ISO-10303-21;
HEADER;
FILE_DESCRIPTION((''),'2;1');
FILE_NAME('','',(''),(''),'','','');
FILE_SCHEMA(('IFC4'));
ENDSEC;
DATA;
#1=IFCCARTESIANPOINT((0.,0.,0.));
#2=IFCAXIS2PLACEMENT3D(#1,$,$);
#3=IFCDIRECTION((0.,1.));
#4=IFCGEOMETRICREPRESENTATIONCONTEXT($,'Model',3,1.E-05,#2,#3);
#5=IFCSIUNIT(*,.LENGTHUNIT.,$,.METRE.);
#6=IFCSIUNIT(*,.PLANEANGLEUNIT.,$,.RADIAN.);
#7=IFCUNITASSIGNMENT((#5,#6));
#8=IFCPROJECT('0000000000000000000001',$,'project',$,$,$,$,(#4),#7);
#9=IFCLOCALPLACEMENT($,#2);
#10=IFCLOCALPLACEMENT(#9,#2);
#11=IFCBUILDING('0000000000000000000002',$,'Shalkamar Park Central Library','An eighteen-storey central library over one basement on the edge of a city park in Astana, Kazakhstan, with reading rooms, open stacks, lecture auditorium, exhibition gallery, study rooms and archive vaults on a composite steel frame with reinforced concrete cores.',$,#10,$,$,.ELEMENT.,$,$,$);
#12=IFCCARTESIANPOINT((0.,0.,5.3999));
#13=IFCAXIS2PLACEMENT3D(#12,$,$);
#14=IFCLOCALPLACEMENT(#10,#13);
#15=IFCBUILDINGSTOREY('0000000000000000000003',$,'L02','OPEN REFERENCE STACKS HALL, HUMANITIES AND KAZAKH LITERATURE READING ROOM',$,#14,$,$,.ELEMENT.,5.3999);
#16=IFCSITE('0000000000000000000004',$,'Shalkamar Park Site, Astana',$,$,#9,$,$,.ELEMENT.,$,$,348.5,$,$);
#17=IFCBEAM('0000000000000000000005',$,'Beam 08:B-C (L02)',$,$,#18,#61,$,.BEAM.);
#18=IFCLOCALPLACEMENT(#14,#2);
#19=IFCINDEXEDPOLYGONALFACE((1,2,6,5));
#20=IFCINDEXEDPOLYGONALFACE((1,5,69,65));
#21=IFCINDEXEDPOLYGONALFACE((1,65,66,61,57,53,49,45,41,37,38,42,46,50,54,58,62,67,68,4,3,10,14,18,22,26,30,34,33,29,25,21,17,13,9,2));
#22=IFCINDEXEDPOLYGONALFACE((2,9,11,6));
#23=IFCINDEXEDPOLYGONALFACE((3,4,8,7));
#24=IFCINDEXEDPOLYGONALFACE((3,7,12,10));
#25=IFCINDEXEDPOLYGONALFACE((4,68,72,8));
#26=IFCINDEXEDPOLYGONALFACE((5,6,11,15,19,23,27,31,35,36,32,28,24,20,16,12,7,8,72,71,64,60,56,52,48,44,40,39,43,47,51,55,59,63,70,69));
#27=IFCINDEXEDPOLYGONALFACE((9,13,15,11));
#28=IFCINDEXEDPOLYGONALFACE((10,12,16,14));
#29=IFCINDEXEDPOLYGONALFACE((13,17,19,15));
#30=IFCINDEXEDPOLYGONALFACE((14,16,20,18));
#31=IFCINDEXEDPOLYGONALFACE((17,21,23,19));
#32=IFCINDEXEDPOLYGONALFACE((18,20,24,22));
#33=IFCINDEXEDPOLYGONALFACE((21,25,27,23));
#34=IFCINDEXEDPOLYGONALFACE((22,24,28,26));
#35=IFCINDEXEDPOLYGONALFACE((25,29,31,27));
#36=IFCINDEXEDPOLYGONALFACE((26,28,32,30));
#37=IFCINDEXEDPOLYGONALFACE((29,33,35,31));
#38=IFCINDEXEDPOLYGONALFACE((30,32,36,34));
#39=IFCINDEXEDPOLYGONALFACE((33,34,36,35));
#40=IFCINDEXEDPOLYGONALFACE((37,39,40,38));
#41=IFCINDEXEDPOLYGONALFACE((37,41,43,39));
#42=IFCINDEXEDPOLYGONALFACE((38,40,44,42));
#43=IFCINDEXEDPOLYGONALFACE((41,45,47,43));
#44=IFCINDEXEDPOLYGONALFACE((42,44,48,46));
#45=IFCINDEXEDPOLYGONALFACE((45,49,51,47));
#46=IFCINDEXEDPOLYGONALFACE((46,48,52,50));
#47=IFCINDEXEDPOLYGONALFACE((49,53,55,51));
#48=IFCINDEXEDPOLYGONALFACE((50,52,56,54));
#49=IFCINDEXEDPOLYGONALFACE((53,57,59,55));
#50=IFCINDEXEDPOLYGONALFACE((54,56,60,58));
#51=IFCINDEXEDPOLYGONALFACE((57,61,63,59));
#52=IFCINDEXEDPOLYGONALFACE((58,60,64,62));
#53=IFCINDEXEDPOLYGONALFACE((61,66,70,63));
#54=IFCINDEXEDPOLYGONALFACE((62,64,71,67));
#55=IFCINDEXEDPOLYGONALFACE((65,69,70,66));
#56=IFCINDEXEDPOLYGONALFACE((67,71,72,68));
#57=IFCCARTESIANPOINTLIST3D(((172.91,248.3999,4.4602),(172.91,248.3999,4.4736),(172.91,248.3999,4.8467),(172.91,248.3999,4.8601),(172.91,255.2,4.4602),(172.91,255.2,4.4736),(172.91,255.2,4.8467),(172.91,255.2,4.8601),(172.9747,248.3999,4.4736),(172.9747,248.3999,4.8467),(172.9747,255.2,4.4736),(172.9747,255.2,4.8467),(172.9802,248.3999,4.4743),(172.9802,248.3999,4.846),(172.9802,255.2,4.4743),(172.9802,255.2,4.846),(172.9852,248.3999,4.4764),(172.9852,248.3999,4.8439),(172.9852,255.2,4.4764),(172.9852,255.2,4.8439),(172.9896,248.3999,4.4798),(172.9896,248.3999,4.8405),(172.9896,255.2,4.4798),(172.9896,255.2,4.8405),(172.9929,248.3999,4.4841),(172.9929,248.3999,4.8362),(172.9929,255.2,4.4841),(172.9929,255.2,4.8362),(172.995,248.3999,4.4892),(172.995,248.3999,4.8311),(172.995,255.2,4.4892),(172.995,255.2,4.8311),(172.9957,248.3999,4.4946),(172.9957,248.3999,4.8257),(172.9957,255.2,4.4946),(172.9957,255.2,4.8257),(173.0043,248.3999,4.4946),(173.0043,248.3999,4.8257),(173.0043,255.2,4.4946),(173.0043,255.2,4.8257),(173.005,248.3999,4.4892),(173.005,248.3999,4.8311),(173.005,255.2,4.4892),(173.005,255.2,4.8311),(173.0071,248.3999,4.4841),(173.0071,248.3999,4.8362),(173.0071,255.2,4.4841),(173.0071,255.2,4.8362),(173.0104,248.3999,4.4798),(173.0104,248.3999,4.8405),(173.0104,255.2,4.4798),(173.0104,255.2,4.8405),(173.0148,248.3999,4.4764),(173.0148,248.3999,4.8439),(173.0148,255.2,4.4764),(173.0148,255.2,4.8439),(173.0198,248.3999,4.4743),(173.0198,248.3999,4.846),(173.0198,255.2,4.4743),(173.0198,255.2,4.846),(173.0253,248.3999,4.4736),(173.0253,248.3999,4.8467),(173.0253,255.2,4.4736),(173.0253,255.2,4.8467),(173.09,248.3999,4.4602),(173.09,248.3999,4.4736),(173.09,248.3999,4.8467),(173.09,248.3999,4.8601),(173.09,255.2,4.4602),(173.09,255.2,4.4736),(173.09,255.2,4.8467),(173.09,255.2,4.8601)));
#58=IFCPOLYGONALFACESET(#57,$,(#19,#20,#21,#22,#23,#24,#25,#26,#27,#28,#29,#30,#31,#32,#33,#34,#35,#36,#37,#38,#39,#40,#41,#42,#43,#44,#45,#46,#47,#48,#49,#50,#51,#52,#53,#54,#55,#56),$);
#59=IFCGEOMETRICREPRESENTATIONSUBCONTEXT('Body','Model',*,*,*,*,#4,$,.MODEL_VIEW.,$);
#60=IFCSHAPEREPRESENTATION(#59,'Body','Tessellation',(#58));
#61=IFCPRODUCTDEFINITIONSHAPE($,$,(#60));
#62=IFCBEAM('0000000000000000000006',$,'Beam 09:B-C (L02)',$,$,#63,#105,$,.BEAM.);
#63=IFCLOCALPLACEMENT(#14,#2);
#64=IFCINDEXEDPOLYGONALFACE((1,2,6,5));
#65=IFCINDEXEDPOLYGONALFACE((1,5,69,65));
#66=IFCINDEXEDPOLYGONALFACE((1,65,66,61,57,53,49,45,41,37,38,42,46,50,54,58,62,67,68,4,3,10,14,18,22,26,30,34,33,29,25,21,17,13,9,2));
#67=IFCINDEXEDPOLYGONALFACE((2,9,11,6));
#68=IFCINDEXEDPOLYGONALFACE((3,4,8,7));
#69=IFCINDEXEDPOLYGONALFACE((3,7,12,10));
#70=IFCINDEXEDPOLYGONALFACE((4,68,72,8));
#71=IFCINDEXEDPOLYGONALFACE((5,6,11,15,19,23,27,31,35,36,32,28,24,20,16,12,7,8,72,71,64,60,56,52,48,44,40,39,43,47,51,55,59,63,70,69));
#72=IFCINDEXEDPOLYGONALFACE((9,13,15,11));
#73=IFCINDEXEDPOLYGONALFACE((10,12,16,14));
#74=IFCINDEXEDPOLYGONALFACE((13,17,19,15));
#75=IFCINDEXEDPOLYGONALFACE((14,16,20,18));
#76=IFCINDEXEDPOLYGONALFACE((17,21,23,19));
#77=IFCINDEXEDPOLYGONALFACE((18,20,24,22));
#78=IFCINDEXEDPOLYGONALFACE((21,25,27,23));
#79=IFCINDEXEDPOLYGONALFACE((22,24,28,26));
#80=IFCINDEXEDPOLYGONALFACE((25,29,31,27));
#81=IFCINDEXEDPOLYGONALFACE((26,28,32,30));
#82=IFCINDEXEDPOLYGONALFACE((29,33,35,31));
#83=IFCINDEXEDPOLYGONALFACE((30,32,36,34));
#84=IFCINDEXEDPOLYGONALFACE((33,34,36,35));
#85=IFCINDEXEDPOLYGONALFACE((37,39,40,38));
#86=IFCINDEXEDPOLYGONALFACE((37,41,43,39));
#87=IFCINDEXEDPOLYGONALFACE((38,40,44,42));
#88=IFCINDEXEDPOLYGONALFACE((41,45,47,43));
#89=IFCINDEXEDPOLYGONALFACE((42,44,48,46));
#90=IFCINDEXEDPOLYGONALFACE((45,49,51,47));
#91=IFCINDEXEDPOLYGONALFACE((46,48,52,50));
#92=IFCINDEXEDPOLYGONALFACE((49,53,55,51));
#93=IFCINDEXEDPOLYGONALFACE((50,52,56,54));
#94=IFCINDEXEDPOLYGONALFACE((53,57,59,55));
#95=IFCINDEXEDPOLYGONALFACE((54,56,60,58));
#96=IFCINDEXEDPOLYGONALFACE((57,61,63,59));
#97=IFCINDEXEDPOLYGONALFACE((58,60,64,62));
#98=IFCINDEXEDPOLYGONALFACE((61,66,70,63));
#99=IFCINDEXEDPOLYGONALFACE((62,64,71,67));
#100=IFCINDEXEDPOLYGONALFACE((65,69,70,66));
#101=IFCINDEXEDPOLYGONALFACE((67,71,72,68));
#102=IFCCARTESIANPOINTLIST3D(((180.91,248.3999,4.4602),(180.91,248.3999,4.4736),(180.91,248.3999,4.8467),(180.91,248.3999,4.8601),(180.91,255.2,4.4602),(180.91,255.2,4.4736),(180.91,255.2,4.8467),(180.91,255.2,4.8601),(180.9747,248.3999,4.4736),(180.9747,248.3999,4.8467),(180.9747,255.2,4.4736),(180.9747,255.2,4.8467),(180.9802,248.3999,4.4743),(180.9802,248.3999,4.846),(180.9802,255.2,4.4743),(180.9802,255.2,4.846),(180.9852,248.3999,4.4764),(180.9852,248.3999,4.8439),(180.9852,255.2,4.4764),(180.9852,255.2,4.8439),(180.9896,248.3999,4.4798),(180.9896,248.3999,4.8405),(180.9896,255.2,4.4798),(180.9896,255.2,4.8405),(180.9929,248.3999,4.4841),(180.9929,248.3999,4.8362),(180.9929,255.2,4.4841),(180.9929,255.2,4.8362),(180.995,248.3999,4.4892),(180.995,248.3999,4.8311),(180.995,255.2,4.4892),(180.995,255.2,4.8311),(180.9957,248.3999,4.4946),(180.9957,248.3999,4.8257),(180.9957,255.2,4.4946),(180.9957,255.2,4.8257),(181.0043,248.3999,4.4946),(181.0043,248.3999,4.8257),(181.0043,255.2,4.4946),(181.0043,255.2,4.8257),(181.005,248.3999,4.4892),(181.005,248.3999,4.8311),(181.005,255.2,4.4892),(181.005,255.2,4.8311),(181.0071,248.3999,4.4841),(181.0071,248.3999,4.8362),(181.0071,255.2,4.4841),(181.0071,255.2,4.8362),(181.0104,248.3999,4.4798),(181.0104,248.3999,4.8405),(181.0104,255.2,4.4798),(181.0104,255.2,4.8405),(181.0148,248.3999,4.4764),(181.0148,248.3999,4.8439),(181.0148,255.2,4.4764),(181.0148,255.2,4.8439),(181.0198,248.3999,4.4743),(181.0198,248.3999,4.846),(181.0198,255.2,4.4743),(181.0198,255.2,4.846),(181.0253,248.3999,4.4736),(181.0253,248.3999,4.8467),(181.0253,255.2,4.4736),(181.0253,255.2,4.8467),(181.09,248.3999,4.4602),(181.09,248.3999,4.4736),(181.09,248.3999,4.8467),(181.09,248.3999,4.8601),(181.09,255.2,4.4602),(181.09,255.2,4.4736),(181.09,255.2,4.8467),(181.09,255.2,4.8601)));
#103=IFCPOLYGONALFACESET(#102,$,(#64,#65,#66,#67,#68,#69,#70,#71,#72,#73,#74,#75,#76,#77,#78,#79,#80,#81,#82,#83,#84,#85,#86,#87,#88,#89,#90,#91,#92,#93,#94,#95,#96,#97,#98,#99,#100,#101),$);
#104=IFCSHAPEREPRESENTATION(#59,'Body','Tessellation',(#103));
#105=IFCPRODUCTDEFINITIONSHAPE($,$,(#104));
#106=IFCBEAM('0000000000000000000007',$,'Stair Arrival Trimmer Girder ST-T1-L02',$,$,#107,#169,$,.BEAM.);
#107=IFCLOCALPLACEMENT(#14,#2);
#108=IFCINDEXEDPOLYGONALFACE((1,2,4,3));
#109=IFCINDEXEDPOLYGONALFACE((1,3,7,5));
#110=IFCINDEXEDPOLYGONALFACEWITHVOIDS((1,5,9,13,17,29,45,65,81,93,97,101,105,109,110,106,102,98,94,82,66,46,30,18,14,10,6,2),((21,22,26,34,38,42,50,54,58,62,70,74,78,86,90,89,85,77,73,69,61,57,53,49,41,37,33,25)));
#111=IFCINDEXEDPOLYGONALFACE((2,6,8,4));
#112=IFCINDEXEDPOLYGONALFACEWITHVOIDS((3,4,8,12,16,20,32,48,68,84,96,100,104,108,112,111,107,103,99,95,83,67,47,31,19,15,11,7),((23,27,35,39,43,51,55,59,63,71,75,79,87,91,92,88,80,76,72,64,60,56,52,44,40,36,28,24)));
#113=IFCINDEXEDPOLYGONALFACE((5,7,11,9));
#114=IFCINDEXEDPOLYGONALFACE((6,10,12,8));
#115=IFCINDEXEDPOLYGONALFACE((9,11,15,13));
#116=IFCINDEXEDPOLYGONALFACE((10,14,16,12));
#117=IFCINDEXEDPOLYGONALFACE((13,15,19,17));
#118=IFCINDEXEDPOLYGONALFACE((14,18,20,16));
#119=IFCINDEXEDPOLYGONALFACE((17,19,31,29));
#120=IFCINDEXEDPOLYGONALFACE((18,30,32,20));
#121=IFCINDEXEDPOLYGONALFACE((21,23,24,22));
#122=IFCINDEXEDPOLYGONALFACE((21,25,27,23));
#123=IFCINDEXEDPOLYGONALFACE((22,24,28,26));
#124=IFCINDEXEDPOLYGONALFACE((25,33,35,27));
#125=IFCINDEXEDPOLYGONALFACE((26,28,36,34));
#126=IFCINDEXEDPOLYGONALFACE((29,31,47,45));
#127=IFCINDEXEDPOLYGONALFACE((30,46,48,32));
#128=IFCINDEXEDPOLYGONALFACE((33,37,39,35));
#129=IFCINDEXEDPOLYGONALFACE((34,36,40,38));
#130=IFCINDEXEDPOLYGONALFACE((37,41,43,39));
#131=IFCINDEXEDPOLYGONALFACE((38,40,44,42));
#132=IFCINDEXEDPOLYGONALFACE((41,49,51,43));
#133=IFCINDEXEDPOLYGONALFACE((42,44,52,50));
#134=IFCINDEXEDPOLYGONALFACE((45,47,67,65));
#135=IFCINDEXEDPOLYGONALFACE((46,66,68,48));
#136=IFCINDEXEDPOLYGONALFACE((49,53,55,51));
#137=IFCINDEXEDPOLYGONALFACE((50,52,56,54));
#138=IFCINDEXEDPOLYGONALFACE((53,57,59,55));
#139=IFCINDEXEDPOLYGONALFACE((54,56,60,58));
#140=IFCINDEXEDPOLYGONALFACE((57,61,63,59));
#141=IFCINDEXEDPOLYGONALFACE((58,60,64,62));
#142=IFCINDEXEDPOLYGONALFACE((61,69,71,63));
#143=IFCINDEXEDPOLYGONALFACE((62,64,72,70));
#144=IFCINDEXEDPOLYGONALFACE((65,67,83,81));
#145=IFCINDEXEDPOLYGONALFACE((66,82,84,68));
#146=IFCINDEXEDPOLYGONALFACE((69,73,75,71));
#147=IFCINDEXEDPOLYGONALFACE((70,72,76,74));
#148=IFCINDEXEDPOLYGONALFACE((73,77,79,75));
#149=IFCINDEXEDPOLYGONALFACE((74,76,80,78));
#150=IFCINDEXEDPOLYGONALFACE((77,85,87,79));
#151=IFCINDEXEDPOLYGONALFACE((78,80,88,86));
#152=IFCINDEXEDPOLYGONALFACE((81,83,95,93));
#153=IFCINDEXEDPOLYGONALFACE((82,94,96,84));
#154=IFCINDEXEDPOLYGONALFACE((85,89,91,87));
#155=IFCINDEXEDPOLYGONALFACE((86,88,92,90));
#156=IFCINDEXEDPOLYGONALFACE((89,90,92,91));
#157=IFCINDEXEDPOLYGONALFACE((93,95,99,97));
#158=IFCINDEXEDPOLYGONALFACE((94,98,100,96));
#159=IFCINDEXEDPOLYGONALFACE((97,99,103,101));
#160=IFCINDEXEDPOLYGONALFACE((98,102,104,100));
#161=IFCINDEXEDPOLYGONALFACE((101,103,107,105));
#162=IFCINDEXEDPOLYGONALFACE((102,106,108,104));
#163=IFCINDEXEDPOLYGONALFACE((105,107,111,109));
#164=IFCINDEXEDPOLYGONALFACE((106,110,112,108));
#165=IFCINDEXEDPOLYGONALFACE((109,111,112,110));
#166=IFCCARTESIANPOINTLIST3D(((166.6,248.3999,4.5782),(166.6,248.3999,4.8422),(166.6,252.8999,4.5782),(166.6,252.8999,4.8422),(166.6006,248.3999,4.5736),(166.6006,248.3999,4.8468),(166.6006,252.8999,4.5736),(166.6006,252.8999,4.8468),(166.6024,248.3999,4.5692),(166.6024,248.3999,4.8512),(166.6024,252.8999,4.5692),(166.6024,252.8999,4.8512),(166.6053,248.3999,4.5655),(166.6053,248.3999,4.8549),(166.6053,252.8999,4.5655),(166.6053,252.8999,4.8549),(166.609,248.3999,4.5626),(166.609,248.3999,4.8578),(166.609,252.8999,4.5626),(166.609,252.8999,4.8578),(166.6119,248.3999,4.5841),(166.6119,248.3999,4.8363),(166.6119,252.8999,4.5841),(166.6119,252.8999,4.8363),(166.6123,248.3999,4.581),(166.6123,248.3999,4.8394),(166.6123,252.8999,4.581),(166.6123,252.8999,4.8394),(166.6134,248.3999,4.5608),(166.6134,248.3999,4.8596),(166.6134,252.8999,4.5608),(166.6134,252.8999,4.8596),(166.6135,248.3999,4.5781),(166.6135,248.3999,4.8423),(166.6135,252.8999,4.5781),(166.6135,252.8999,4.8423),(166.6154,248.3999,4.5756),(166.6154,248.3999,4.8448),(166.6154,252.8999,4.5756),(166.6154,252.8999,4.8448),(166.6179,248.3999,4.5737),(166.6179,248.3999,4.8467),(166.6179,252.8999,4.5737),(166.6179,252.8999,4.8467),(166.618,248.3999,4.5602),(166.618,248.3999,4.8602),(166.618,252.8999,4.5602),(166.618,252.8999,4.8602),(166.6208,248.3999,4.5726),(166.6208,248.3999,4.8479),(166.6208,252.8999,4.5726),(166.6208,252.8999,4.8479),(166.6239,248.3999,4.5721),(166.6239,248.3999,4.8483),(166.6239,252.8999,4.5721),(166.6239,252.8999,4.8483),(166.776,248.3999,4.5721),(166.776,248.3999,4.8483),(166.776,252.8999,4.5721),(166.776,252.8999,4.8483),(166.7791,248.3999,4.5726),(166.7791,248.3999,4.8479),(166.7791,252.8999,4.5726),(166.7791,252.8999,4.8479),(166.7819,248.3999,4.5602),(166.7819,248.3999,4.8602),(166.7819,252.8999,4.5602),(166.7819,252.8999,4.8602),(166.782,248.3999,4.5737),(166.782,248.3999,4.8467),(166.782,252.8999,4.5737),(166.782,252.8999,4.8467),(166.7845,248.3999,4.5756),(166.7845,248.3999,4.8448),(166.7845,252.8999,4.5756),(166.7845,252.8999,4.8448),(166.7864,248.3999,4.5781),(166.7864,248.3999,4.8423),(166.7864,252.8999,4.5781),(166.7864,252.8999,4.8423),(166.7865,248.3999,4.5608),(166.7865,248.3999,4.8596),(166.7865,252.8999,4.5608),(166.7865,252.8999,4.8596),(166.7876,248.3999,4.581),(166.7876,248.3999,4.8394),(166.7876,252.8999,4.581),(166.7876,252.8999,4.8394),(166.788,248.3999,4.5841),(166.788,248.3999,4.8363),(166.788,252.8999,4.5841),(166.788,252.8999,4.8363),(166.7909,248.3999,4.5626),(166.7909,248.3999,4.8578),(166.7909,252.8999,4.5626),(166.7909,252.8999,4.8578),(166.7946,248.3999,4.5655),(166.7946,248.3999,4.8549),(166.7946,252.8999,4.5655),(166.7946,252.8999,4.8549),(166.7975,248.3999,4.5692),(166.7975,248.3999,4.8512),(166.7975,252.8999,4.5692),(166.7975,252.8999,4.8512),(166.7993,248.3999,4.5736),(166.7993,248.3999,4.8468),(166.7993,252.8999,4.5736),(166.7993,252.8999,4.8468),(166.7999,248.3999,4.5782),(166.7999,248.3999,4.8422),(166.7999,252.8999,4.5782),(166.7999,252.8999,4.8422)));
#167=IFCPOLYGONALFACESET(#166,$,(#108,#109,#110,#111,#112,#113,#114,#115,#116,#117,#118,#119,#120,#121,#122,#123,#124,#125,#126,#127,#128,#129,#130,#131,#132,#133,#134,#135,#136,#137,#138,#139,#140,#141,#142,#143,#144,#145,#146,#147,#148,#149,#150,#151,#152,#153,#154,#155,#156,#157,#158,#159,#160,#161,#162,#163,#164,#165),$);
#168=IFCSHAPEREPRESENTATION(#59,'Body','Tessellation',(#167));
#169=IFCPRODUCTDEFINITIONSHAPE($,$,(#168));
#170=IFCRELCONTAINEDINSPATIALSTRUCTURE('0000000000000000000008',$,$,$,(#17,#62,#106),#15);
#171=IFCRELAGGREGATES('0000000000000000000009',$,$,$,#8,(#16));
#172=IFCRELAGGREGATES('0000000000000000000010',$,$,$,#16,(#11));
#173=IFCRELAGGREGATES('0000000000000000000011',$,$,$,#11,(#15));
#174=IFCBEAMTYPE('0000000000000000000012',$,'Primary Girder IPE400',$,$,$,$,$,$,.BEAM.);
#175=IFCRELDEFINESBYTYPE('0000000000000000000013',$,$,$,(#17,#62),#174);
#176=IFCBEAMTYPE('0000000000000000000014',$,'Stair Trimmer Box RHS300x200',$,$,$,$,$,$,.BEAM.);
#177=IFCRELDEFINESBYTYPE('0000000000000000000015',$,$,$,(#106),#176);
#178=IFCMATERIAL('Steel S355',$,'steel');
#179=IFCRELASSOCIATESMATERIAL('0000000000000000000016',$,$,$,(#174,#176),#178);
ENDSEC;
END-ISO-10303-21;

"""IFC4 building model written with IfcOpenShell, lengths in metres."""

from ifc_helpers import new_model, si_unit, direction, frame, origin, origin_2d, place, context, subcontext, project, spatial, hollow_rectangle, i_section, extrude, material, material_profile, profile_set, type_object, element, save


model = new_model("IFC4")

# Units and contexts
model_context = context("Model", 3, precision=1e-05, world=origin(), true_north=direction((0.0, 1.0)))
body_context = subcontext(model_context, "Body", "Model", "MODEL_VIEW")
ifc_project = project(units=[si_unit("LENGTHUNIT", "METRE"), si_unit("PLANEANGLEUNIT", "RADIAN")], contexts=[model_context])

# Site, building, storey
site_placement = place(None, origin())
site = spatial("IfcSite", under=ifc_project, at=site_placement, Name="Shalkamar Park Site, Astana", CompositionType="ELEMENT", RefElevation=348.5)
building_placement = place(site_placement, origin())
building = spatial("IfcBuilding", under=site, at=building_placement, Name="Shalkamar Park Central Library", Description="An eighteen-storey central library over one basement on the edge of a city park in Astana, Kazakhstan, with reading rooms, open stacks, lecture auditorium, exhibition gallery, study rooms and archive vaults on a composite steel frame with reinforced concrete cores.", CompositionType="ELEMENT")
storey_placement = place(building_placement, frame((0.0, 0.0, 5.3999)))
storey = spatial("IfcBuildingStorey", under=building, at=storey_placement, Name="L02", Description="OPEN REFERENCE STACKS HALL, HUMANITIES AND KAZAKH LITERATURE READING ROOM", CompositionType="ELEMENT", Elevation=5.3999)

# Shared definitions
ifc_material_1 = material(Name="Steel S355", Category="steel")

# Beams
ifc_material_profile_1 = material_profile(ifc_material_1, i_section(OverallWidth=0.1799, OverallDepth=0.3999, WebThickness=0.0085, FlangeThickness=0.0134, FilletRadius=0.021, at=origin_2d()), Name="IPE 400")
ifc_profile_set_1 = profile_set([ifc_material_profile_1], Name="Steel S355")
beam_type_1 = type_object("IfcBeamType", Name="Primary Girder IPE400", PredefinedType="BEAM", material=ifc_profile_set_1)
for number, where, z_axis, x_axis, name in (
    (1, (173.0, 248.3999, 4.6602), (0.0, 1.0, 0.0), (-1.0, 0.0, 0.0), "Beam 08:B-C (L02)"),
    (2, (181.0, 248.3999, 4.6602), (0.0, 1.0, 0.0), (-1.0, 0.0, 0.0), "Beam 09:B-C (L02)"),
):
    element("IfcBeam", number, at=place(storey_placement, frame(where, z_axis=z_axis, x_axis=x_axis)), inside=storey, type_object=beam_type_1, Name=name, PredefinedType="BEAM", context=body_context, shape_type="SweptSolid", body=[
        extrude(i_section(OverallWidth=0.1799, OverallDepth=0.3999, WebThickness=0.0085, FlangeThickness=0.0134, FilletRadius=0.021, at=origin_2d()), origin(), (0.0, 0.0, 1.0), 6.8),
    ])
ifc_material_profile_2 = material_profile(ifc_material_1, hollow_rectangle(XDim=0.2, YDim=0.3, WallThickness=0.012, InnerFilletRadius=0.012, OuterFilletRadius=0.0181, at=origin_2d()), Name="RHS 300x200x12")
ifc_profile_set_2 = profile_set([ifc_material_profile_2], Name="Steel S355")
beam_type_2 = type_object("IfcBeamType", Name="Stair Trimmer Box RHS300x200", PredefinedType="BEAM", material=ifc_profile_set_2)
beam_1_placement = place(storey_placement, frame((166.7, 248.3999, 4.7102), z_axis=(0.0, 1.0, 0.0), x_axis=(-1.0, 0.0, 0.0)))
element("IfcBeam", 3, at=beam_1_placement, inside=storey, type_object=beam_type_2, Name="Stair Arrival Trimmer Girder ST-T1-L02", PredefinedType="BEAM", context=body_context, shape_type="SweptSolid", body=[
    extrude(hollow_rectangle(XDim=0.2, YDim=0.3, WallThickness=0.012, InnerFilletRadius=0.012, OuterFilletRadius=0.0181, at=origin_2d()), origin(), (0.0, 0.0, 1.0), 4.5),
])

save(model, "model.ifc")
